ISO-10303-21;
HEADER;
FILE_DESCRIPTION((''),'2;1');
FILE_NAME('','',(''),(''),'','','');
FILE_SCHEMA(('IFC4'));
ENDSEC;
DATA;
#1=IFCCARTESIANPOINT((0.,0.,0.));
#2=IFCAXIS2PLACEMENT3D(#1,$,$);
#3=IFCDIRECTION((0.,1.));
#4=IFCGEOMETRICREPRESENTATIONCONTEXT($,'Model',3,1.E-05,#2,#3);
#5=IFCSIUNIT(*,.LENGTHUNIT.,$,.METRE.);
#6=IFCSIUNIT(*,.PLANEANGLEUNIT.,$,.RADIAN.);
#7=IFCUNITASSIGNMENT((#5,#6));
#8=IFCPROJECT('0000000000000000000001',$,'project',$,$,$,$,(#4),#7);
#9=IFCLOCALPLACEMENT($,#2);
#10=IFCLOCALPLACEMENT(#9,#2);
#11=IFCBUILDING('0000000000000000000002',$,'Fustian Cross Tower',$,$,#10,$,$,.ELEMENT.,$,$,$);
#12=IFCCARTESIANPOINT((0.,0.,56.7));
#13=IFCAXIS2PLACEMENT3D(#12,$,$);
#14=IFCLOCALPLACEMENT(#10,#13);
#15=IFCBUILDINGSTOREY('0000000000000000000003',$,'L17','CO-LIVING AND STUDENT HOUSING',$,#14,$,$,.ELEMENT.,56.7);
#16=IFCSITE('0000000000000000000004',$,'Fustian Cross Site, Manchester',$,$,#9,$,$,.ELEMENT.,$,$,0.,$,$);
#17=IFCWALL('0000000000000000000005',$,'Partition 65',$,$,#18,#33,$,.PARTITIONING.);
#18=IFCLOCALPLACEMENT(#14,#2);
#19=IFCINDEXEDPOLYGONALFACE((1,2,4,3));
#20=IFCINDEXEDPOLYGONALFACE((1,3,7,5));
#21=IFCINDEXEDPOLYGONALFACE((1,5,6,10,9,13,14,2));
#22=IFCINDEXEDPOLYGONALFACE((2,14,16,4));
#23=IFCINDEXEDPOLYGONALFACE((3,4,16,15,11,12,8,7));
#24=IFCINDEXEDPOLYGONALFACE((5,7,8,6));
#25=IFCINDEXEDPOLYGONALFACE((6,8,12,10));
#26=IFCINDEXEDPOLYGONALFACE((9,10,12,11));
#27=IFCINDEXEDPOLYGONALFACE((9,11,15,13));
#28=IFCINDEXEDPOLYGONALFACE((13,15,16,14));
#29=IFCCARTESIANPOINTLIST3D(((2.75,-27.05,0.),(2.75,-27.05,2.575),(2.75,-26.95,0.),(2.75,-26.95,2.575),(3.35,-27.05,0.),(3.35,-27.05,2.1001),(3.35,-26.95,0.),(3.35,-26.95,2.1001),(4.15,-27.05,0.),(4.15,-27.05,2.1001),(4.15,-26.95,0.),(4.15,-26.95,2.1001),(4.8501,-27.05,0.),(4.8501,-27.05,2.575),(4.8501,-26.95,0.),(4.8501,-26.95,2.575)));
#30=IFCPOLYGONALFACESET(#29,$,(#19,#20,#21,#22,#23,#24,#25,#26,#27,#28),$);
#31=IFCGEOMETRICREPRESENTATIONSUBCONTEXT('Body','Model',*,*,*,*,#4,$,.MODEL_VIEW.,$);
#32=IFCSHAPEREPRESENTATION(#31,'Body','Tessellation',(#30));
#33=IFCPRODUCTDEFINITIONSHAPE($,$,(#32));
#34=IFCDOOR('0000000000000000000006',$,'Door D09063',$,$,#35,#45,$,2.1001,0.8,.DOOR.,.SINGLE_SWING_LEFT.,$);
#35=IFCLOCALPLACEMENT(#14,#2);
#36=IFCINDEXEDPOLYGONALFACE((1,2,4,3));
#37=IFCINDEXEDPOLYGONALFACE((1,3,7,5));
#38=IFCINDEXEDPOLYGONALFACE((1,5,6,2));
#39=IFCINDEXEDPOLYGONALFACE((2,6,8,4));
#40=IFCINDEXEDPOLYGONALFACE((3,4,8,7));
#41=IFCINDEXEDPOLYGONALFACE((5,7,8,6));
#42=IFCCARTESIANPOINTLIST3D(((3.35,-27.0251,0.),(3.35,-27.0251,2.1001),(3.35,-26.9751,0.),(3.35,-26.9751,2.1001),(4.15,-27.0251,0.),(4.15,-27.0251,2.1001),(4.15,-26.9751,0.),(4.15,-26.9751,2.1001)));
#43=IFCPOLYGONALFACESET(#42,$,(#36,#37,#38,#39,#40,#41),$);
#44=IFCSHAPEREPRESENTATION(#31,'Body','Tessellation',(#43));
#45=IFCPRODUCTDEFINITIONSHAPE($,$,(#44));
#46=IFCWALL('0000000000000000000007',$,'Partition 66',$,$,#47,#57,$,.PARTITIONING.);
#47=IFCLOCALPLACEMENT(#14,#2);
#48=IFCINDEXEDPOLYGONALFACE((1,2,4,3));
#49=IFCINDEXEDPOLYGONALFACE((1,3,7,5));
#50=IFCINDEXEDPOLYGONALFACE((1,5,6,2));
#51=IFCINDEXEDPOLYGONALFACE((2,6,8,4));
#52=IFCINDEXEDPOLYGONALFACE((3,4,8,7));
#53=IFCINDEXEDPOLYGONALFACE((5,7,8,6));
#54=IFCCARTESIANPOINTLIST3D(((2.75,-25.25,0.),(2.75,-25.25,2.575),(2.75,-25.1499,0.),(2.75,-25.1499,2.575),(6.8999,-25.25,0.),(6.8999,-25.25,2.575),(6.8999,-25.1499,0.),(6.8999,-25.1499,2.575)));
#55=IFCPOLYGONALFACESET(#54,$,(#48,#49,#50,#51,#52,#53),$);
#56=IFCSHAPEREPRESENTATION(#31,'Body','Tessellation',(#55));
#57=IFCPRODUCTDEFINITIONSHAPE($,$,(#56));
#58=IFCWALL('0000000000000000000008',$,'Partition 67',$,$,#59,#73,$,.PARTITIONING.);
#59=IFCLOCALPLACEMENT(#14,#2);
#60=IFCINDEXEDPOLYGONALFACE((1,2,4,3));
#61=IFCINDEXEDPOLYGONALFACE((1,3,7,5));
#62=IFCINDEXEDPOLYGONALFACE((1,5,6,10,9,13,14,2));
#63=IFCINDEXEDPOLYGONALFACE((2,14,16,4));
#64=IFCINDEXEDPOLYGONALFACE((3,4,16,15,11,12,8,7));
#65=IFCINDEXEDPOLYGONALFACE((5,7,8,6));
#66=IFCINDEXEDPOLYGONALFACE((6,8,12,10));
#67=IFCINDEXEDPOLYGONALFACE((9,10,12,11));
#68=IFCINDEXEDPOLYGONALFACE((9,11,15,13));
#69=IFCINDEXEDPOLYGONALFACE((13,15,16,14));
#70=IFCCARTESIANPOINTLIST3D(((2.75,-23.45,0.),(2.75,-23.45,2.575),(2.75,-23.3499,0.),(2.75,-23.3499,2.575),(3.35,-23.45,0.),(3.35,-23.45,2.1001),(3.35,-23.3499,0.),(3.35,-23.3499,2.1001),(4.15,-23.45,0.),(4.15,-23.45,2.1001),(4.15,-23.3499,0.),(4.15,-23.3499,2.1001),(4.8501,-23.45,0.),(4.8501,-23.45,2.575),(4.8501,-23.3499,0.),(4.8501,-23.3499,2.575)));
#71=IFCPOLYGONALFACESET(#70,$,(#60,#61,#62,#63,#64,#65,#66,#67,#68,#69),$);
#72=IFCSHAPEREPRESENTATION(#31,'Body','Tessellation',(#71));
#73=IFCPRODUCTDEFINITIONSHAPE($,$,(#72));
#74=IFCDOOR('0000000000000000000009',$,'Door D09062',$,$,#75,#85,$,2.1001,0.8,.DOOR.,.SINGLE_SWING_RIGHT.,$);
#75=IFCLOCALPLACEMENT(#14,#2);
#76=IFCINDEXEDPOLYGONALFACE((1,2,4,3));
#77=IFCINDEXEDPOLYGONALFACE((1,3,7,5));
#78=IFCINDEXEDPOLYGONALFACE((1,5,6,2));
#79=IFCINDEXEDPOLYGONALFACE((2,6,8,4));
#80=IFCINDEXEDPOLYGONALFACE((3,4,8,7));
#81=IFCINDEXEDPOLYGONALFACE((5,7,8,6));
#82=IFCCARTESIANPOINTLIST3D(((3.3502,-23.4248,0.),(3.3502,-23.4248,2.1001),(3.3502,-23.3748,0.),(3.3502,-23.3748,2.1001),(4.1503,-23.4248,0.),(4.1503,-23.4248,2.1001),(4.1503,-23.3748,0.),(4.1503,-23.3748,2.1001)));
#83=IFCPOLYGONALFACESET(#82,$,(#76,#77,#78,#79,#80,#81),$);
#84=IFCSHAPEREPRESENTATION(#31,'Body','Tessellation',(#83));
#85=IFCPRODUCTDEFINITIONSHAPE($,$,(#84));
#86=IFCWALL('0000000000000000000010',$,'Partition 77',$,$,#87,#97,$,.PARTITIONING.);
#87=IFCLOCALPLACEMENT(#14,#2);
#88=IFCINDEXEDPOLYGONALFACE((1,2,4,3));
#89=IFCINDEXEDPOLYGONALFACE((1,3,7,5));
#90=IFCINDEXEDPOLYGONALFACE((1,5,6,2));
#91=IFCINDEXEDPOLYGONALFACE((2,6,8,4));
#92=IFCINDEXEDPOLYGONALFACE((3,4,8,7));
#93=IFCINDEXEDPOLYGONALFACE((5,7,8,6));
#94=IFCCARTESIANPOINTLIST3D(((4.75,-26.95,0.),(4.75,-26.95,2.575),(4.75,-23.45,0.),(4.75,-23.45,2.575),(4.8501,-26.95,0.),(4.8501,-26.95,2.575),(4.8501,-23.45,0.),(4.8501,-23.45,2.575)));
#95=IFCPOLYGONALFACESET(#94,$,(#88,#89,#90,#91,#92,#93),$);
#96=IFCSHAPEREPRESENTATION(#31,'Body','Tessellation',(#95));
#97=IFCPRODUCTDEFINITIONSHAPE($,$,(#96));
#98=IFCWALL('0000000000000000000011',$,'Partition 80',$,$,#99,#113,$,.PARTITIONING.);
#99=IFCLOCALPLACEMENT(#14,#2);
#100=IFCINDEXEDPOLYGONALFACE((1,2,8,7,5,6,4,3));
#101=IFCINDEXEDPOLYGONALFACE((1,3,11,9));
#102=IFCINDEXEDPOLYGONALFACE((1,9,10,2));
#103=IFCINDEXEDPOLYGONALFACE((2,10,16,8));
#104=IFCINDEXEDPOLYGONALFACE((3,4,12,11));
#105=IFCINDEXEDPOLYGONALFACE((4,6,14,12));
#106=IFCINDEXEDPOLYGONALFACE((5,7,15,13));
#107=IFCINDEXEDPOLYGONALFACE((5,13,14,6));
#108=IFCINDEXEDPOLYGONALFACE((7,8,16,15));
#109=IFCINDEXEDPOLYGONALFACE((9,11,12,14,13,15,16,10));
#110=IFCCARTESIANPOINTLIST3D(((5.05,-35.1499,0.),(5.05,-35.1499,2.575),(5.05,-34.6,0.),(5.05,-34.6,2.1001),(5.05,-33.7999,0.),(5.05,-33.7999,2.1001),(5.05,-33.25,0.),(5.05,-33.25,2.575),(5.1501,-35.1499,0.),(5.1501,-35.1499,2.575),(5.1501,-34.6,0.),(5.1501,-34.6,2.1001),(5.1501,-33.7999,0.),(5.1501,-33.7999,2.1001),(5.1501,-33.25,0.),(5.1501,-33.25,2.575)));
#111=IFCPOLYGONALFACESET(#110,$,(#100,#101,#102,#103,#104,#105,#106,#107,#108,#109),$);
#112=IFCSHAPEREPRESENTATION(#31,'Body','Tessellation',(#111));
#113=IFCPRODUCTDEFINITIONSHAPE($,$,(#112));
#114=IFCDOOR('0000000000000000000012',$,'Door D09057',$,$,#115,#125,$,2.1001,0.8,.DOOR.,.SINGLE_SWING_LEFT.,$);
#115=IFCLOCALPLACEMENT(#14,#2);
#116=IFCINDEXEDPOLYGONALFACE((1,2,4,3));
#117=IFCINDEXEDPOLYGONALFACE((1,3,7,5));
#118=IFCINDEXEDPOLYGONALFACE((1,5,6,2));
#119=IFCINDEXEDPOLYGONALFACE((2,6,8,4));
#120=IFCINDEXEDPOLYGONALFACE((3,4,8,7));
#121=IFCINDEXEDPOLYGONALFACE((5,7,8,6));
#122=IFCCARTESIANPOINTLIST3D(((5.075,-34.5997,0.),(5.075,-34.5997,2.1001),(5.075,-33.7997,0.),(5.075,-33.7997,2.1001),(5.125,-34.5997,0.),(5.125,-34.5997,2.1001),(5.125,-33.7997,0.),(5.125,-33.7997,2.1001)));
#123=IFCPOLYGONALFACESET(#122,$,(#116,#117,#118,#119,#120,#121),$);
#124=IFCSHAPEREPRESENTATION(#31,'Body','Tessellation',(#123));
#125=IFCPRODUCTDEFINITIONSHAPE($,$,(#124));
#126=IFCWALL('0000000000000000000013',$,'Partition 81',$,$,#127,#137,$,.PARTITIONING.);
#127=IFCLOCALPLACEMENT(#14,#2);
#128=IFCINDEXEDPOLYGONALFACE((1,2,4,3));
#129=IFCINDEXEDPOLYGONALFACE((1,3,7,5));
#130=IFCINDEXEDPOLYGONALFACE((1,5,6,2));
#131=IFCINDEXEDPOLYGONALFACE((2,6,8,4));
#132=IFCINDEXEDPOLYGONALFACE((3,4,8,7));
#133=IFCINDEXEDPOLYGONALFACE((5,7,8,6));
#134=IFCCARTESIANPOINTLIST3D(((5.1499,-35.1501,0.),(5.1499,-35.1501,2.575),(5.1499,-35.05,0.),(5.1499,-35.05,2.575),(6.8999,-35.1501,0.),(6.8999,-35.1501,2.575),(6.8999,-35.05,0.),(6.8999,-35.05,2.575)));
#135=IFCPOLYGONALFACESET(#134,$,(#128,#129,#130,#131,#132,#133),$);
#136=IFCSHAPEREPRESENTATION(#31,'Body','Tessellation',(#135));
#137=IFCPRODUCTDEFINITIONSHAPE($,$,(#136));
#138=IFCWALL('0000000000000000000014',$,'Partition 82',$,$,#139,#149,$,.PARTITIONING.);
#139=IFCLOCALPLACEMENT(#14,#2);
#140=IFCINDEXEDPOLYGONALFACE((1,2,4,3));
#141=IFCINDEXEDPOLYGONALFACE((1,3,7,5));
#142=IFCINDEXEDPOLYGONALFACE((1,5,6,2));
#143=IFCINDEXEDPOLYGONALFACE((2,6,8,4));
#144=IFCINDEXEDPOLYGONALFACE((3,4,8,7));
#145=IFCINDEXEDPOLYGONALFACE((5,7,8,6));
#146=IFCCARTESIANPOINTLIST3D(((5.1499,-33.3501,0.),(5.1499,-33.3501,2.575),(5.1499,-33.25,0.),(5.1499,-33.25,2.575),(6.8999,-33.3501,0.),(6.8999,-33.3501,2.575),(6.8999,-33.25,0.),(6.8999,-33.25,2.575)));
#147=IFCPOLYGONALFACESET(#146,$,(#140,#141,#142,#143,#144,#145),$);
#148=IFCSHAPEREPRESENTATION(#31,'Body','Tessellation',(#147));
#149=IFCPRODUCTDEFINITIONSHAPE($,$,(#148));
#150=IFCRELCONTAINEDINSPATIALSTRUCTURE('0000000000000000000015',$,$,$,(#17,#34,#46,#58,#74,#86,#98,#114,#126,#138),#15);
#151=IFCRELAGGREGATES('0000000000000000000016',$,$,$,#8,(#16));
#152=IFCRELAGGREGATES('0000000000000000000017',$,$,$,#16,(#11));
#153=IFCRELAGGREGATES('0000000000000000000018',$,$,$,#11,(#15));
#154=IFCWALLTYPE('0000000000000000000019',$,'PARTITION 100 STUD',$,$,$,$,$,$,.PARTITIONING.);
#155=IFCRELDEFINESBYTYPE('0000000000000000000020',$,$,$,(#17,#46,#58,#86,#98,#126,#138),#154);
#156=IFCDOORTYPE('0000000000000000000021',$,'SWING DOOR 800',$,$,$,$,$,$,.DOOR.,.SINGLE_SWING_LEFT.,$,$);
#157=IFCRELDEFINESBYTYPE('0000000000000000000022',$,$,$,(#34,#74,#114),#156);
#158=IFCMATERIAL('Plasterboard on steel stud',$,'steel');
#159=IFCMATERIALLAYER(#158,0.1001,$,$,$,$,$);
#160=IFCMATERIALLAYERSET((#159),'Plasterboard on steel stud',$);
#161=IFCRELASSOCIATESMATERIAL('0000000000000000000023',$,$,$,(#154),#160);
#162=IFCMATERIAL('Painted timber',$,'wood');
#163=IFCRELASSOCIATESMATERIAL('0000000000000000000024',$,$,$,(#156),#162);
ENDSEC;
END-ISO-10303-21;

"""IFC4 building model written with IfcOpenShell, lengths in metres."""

from ifc_helpers import new_model, si_unit, direction, frame, frame_2d, origin, place, context, subcontext, project, spatial, rectangle, extrude, material, layer, layer_set, type_object, element, fill, save


model = new_model("IFC4")

# Units and contexts
model_context = context("Model", 3, precision=1e-05, world=origin(), true_north=direction((0.0, 1.0)))
body_context = subcontext(model_context, "Body", "Model", "MODEL_VIEW")
ifc_project = project(units=[si_unit("LENGTHUNIT", "METRE"), si_unit("PLANEANGLEUNIT", "RADIAN")], contexts=[model_context])

# Site, building, storey
site_placement = place(None, origin())
site = spatial("IfcSite", under=ifc_project, at=site_placement, Name="Fustian Cross Site, Manchester", CompositionType="ELEMENT", RefElevation=0.0)
building_placement = place(site_placement, origin())
building = spatial("IfcBuilding", under=site, at=building_placement, Name="Fustian Cross Tower", CompositionType="ELEMENT")
storey_placement = place(building_placement, frame((0.0, 0.0, 56.7)))
storey = spatial("IfcBuildingStorey", under=building, at=storey_placement, Name="L17", Description="CO-LIVING AND STUDENT HOUSING", CompositionType="ELEMENT", Elevation=56.7)

# Shared definitions
ifc_material_1 = material(Name="Plasterboard on steel stud", Category="steel")
ifc_layer_1 = layer(ifc_material_1, 0.1001)
ifc_layer_set_1 = layer_set([ifc_layer_1], Name="Plasterboard on steel stud")
wall_type_1 = type_object("IfcWallType", Name="PARTITION 100 STUD", PredefinedType="PARTITIONING", material=ifc_layer_set_1)

# Wall, opening, door
wall_1_placement = place(storey_placement, frame((2.75, -27.0, 0.0), z_axis=(0.0, 0.0, 1.0), x_axis=(1.0, 0.0, 0.0)))
wall_1 = element("IfcWall", 1, at=wall_1_placement, inside=storey, type_object=wall_type_1, Name="Partition 65", PredefinedType="PARTITIONING", context=body_context, shape_type="SweptSolid", body=[
    extrude(rectangle(XDim=2.1001, YDim=0.1001, at=frame_2d((1.05, 0.0))), origin(), (0.0, 0.0, 1.0), 2.575),
])
opening_1_placement = place(wall_1_placement, frame((0.6001, 0.0, 0.0)))
opening_1 = element("IfcOpeningElement", 2, at=opening_1_placement, cuts=wall_1, PredefinedType="OPENING", context=body_context, shape_type="SweptSolid", body=[
    extrude(rectangle(XDim=0.8, YDim=2.1001, at=frame_2d((0.3999, 1.05))), frame((0.0, 0.0601, 0.0), z_axis=(0.0, -1.0, 0.0), x_axis=(1.0, 0.0, 0.0)), (0.0, 0.0, 1.0), 0.1201),
])
ifc_material_2 = material(Name="Painted timber", Category="wood")
door_type_1 = type_object("IfcDoorType", Name="SWING DOOR 800", OperationType="SINGLE_SWING_LEFT", PredefinedType="DOOR", material=ifc_material_2)
door_1_placement = place(opening_1_placement, origin())
door_1 = element("IfcDoor", 3, at=door_1_placement, inside=storey, type_object=door_type_1, Name="Door D09063", OperationType="SINGLE_SWING_LEFT", OverallHeight=2.1001, OverallWidth=0.8, PredefinedType="DOOR", context=body_context, shape_type="SweptSolid", body=[
    extrude(rectangle(XDim=0.8, YDim=2.1001, at=frame_2d((0.3999, 1.05))), frame((0.0, 0.0249, 0.0), z_axis=(0.0, -1.0, 0.0), x_axis=(1.0, 0.0, 0.0)), (0.0, 0.0, 1.0), 0.05),
])
fill(opening_1, door_1)

# Wall
wall_2_placement = place(storey_placement, frame((2.75, -25.2, 0.0), z_axis=(0.0, 0.0, 1.0), x_axis=(1.0, 0.0, 0.0)))
element("IfcWall", 4, at=wall_2_placement, inside=storey, type_object=wall_type_1, Name="Partition 66", PredefinedType="PARTITIONING", context=body_context, shape_type="SweptSolid", body=[
    extrude(rectangle(XDim=4.1499, YDim=0.1001, at=frame_2d((2.075, 0.0))), origin(), (0.0, 0.0, 1.0), 2.575),
])

# Wall, opening, door
wall_3_placement = place(storey_placement, frame((2.75, -23.3999, 0.0), z_axis=(0.0, 0.0, 1.0), x_axis=(1.0, 0.0, 0.0)))
wall_3 = element("IfcWall", 5, at=wall_3_placement, inside=storey, type_object=wall_type_1, Name="Partition 67", PredefinedType="PARTITIONING", context=body_context, shape_type="SweptSolid", body=[
    extrude(rectangle(XDim=2.1001, YDim=0.1001, at=frame_2d((1.05, 0.0))), origin(), (0.0, 0.0, 1.0), 2.575),
])
opening_2_placement = place(wall_3_placement, frame((0.6001, 0.0, 0.0)))
opening_2 = element("IfcOpeningElement", 6, at=opening_2_placement, cuts=wall_3, PredefinedType="OPENING", context=body_context, shape_type="SweptSolid", body=[
    extrude(rectangle(XDim=0.8, YDim=2.1001, at=frame_2d((0.3999, 1.05))), frame((0.0, 0.0601, 0.0), z_axis=(0.0, -1.0, 0.0), x_axis=(1.0, 0.0, 0.0)), (0.0, 0.0, 1.0), 0.1201),
])
door_2_placement = place(opening_2_placement, frame((0.8, 0.0, 0.0), z_axis=(0.0, 0.0, 1.0), x_axis=(-1.0, 0.0, 0.0)))
door_2 = element("IfcDoor", 7, at=door_2_placement, inside=storey, type_object=door_type_1, Name="Door D09062", OperationType="SINGLE_SWING_RIGHT", OverallHeight=2.1001, OverallWidth=0.8, PredefinedType="DOOR", context=body_context, shape_type="SweptSolid", body=[
    extrude(rectangle(XDim=0.8, YDim=2.1001, at=frame_2d((0.3999, 1.05))), frame((0.0, 0.0249, 0.0), z_axis=(0.0, -1.0, 0.0), x_axis=(1.0, 0.0, 0.0)), (0.0, 0.0, 1.0), 0.05),
])
fill(opening_2, door_2)

# Wall
wall_4_placement = place(storey_placement, frame((4.8, -26.95, 0.0), z_axis=(0.0, 0.0, 1.0), x_axis=(0.0, 1.0, 0.0)))
element("IfcWall", 8, at=wall_4_placement, inside=storey, type_object=wall_type_1, Name="Partition 77", PredefinedType="PARTITIONING", context=body_context, shape_type="SweptSolid", body=[
    extrude(rectangle(XDim=3.5, YDim=0.1001, at=frame_2d((1.75, 0.0))), origin(), (0.0, 0.0, 1.0), 2.575),
])

# Wall, opening, door
wall_5_placement = place(storey_placement, frame((5.1001, -35.1499, 0.0), z_axis=(0.0, 0.0, 1.0), x_axis=(0.0, 1.0, 0.0)))
wall_5 = element("IfcWall", 9, at=wall_5_placement, inside=storey, type_object=wall_type_1, Name="Partition 80", PredefinedType="PARTITIONING", context=body_context, shape_type="SweptSolid", body=[
    extrude(rectangle(XDim=1.8999, YDim=0.1001, at=frame_2d((0.95, 0.0))), origin(), (0.0, 0.0, 1.0), 2.575),
])
opening_3_placement = place(wall_5_placement, frame((0.55, 0.0, 0.0)))
opening_3 = element("IfcOpeningElement", 10, at=opening_3_placement, cuts=wall_5, PredefinedType="OPENING", context=body_context, shape_type="SweptSolid", body=[
    extrude(rectangle(XDim=0.8, YDim=2.1001, at=frame_2d((0.3999, 1.05))), frame((0.0, 0.0601, 0.0), z_axis=(0.0, -1.0, 0.0), x_axis=(1.0, 0.0, 0.0)), (0.0, 0.0, 1.0), 0.1201),
])
door_3_placement = place(opening_3_placement, frame((0.8, 0.0, 0.0), z_axis=(0.0, 0.0, 1.0), x_axis=(-1.0, 0.0, 0.0)))
door_3 = element("IfcDoor", 11, at=door_3_placement, inside=storey, type_object=door_type_1, Name="Door D09057", OperationType="SINGLE_SWING_LEFT", OverallHeight=2.1001, OverallWidth=0.8, PredefinedType="DOOR", context=body_context, shape_type="SweptSolid", body=[
    extrude(rectangle(XDim=0.8, YDim=2.1001, at=frame_2d((0.3999, 1.05))), frame((0.0, 0.0249, 0.0), z_axis=(0.0, -1.0, 0.0), x_axis=(1.0, 0.0, 0.0)), (0.0, 0.0, 1.0), 0.05),
])
fill(opening_3, door_3)

# Walls
for number, where, z_axis, x_axis, name in (
    (12, (5.1499, -35.1001, 0.0), (0.0, 0.0, 1.0), (1.0, 0.0, 0.0), "Partition 81"),
    (13, (5.1499, -33.3, 0.0), (0.0, 0.0, 1.0), (1.0, 0.0, 0.0), "Partition 82"),
):
    element("IfcWall", number, at=place(storey_placement, frame(where, z_axis=z_axis, x_axis=x_axis)), inside=storey, type_object=wall_type_1, Name=name, PredefinedType="PARTITIONING", context=body_context, shape_type="SweptSolid", body=[
        extrude(rectangle(XDim=1.75, YDim=0.1001, at=frame_2d((0.875, 0.0))), origin(), (0.0, 0.0, 1.0), 2.575),
    ])

save(model, "model.ifc")
